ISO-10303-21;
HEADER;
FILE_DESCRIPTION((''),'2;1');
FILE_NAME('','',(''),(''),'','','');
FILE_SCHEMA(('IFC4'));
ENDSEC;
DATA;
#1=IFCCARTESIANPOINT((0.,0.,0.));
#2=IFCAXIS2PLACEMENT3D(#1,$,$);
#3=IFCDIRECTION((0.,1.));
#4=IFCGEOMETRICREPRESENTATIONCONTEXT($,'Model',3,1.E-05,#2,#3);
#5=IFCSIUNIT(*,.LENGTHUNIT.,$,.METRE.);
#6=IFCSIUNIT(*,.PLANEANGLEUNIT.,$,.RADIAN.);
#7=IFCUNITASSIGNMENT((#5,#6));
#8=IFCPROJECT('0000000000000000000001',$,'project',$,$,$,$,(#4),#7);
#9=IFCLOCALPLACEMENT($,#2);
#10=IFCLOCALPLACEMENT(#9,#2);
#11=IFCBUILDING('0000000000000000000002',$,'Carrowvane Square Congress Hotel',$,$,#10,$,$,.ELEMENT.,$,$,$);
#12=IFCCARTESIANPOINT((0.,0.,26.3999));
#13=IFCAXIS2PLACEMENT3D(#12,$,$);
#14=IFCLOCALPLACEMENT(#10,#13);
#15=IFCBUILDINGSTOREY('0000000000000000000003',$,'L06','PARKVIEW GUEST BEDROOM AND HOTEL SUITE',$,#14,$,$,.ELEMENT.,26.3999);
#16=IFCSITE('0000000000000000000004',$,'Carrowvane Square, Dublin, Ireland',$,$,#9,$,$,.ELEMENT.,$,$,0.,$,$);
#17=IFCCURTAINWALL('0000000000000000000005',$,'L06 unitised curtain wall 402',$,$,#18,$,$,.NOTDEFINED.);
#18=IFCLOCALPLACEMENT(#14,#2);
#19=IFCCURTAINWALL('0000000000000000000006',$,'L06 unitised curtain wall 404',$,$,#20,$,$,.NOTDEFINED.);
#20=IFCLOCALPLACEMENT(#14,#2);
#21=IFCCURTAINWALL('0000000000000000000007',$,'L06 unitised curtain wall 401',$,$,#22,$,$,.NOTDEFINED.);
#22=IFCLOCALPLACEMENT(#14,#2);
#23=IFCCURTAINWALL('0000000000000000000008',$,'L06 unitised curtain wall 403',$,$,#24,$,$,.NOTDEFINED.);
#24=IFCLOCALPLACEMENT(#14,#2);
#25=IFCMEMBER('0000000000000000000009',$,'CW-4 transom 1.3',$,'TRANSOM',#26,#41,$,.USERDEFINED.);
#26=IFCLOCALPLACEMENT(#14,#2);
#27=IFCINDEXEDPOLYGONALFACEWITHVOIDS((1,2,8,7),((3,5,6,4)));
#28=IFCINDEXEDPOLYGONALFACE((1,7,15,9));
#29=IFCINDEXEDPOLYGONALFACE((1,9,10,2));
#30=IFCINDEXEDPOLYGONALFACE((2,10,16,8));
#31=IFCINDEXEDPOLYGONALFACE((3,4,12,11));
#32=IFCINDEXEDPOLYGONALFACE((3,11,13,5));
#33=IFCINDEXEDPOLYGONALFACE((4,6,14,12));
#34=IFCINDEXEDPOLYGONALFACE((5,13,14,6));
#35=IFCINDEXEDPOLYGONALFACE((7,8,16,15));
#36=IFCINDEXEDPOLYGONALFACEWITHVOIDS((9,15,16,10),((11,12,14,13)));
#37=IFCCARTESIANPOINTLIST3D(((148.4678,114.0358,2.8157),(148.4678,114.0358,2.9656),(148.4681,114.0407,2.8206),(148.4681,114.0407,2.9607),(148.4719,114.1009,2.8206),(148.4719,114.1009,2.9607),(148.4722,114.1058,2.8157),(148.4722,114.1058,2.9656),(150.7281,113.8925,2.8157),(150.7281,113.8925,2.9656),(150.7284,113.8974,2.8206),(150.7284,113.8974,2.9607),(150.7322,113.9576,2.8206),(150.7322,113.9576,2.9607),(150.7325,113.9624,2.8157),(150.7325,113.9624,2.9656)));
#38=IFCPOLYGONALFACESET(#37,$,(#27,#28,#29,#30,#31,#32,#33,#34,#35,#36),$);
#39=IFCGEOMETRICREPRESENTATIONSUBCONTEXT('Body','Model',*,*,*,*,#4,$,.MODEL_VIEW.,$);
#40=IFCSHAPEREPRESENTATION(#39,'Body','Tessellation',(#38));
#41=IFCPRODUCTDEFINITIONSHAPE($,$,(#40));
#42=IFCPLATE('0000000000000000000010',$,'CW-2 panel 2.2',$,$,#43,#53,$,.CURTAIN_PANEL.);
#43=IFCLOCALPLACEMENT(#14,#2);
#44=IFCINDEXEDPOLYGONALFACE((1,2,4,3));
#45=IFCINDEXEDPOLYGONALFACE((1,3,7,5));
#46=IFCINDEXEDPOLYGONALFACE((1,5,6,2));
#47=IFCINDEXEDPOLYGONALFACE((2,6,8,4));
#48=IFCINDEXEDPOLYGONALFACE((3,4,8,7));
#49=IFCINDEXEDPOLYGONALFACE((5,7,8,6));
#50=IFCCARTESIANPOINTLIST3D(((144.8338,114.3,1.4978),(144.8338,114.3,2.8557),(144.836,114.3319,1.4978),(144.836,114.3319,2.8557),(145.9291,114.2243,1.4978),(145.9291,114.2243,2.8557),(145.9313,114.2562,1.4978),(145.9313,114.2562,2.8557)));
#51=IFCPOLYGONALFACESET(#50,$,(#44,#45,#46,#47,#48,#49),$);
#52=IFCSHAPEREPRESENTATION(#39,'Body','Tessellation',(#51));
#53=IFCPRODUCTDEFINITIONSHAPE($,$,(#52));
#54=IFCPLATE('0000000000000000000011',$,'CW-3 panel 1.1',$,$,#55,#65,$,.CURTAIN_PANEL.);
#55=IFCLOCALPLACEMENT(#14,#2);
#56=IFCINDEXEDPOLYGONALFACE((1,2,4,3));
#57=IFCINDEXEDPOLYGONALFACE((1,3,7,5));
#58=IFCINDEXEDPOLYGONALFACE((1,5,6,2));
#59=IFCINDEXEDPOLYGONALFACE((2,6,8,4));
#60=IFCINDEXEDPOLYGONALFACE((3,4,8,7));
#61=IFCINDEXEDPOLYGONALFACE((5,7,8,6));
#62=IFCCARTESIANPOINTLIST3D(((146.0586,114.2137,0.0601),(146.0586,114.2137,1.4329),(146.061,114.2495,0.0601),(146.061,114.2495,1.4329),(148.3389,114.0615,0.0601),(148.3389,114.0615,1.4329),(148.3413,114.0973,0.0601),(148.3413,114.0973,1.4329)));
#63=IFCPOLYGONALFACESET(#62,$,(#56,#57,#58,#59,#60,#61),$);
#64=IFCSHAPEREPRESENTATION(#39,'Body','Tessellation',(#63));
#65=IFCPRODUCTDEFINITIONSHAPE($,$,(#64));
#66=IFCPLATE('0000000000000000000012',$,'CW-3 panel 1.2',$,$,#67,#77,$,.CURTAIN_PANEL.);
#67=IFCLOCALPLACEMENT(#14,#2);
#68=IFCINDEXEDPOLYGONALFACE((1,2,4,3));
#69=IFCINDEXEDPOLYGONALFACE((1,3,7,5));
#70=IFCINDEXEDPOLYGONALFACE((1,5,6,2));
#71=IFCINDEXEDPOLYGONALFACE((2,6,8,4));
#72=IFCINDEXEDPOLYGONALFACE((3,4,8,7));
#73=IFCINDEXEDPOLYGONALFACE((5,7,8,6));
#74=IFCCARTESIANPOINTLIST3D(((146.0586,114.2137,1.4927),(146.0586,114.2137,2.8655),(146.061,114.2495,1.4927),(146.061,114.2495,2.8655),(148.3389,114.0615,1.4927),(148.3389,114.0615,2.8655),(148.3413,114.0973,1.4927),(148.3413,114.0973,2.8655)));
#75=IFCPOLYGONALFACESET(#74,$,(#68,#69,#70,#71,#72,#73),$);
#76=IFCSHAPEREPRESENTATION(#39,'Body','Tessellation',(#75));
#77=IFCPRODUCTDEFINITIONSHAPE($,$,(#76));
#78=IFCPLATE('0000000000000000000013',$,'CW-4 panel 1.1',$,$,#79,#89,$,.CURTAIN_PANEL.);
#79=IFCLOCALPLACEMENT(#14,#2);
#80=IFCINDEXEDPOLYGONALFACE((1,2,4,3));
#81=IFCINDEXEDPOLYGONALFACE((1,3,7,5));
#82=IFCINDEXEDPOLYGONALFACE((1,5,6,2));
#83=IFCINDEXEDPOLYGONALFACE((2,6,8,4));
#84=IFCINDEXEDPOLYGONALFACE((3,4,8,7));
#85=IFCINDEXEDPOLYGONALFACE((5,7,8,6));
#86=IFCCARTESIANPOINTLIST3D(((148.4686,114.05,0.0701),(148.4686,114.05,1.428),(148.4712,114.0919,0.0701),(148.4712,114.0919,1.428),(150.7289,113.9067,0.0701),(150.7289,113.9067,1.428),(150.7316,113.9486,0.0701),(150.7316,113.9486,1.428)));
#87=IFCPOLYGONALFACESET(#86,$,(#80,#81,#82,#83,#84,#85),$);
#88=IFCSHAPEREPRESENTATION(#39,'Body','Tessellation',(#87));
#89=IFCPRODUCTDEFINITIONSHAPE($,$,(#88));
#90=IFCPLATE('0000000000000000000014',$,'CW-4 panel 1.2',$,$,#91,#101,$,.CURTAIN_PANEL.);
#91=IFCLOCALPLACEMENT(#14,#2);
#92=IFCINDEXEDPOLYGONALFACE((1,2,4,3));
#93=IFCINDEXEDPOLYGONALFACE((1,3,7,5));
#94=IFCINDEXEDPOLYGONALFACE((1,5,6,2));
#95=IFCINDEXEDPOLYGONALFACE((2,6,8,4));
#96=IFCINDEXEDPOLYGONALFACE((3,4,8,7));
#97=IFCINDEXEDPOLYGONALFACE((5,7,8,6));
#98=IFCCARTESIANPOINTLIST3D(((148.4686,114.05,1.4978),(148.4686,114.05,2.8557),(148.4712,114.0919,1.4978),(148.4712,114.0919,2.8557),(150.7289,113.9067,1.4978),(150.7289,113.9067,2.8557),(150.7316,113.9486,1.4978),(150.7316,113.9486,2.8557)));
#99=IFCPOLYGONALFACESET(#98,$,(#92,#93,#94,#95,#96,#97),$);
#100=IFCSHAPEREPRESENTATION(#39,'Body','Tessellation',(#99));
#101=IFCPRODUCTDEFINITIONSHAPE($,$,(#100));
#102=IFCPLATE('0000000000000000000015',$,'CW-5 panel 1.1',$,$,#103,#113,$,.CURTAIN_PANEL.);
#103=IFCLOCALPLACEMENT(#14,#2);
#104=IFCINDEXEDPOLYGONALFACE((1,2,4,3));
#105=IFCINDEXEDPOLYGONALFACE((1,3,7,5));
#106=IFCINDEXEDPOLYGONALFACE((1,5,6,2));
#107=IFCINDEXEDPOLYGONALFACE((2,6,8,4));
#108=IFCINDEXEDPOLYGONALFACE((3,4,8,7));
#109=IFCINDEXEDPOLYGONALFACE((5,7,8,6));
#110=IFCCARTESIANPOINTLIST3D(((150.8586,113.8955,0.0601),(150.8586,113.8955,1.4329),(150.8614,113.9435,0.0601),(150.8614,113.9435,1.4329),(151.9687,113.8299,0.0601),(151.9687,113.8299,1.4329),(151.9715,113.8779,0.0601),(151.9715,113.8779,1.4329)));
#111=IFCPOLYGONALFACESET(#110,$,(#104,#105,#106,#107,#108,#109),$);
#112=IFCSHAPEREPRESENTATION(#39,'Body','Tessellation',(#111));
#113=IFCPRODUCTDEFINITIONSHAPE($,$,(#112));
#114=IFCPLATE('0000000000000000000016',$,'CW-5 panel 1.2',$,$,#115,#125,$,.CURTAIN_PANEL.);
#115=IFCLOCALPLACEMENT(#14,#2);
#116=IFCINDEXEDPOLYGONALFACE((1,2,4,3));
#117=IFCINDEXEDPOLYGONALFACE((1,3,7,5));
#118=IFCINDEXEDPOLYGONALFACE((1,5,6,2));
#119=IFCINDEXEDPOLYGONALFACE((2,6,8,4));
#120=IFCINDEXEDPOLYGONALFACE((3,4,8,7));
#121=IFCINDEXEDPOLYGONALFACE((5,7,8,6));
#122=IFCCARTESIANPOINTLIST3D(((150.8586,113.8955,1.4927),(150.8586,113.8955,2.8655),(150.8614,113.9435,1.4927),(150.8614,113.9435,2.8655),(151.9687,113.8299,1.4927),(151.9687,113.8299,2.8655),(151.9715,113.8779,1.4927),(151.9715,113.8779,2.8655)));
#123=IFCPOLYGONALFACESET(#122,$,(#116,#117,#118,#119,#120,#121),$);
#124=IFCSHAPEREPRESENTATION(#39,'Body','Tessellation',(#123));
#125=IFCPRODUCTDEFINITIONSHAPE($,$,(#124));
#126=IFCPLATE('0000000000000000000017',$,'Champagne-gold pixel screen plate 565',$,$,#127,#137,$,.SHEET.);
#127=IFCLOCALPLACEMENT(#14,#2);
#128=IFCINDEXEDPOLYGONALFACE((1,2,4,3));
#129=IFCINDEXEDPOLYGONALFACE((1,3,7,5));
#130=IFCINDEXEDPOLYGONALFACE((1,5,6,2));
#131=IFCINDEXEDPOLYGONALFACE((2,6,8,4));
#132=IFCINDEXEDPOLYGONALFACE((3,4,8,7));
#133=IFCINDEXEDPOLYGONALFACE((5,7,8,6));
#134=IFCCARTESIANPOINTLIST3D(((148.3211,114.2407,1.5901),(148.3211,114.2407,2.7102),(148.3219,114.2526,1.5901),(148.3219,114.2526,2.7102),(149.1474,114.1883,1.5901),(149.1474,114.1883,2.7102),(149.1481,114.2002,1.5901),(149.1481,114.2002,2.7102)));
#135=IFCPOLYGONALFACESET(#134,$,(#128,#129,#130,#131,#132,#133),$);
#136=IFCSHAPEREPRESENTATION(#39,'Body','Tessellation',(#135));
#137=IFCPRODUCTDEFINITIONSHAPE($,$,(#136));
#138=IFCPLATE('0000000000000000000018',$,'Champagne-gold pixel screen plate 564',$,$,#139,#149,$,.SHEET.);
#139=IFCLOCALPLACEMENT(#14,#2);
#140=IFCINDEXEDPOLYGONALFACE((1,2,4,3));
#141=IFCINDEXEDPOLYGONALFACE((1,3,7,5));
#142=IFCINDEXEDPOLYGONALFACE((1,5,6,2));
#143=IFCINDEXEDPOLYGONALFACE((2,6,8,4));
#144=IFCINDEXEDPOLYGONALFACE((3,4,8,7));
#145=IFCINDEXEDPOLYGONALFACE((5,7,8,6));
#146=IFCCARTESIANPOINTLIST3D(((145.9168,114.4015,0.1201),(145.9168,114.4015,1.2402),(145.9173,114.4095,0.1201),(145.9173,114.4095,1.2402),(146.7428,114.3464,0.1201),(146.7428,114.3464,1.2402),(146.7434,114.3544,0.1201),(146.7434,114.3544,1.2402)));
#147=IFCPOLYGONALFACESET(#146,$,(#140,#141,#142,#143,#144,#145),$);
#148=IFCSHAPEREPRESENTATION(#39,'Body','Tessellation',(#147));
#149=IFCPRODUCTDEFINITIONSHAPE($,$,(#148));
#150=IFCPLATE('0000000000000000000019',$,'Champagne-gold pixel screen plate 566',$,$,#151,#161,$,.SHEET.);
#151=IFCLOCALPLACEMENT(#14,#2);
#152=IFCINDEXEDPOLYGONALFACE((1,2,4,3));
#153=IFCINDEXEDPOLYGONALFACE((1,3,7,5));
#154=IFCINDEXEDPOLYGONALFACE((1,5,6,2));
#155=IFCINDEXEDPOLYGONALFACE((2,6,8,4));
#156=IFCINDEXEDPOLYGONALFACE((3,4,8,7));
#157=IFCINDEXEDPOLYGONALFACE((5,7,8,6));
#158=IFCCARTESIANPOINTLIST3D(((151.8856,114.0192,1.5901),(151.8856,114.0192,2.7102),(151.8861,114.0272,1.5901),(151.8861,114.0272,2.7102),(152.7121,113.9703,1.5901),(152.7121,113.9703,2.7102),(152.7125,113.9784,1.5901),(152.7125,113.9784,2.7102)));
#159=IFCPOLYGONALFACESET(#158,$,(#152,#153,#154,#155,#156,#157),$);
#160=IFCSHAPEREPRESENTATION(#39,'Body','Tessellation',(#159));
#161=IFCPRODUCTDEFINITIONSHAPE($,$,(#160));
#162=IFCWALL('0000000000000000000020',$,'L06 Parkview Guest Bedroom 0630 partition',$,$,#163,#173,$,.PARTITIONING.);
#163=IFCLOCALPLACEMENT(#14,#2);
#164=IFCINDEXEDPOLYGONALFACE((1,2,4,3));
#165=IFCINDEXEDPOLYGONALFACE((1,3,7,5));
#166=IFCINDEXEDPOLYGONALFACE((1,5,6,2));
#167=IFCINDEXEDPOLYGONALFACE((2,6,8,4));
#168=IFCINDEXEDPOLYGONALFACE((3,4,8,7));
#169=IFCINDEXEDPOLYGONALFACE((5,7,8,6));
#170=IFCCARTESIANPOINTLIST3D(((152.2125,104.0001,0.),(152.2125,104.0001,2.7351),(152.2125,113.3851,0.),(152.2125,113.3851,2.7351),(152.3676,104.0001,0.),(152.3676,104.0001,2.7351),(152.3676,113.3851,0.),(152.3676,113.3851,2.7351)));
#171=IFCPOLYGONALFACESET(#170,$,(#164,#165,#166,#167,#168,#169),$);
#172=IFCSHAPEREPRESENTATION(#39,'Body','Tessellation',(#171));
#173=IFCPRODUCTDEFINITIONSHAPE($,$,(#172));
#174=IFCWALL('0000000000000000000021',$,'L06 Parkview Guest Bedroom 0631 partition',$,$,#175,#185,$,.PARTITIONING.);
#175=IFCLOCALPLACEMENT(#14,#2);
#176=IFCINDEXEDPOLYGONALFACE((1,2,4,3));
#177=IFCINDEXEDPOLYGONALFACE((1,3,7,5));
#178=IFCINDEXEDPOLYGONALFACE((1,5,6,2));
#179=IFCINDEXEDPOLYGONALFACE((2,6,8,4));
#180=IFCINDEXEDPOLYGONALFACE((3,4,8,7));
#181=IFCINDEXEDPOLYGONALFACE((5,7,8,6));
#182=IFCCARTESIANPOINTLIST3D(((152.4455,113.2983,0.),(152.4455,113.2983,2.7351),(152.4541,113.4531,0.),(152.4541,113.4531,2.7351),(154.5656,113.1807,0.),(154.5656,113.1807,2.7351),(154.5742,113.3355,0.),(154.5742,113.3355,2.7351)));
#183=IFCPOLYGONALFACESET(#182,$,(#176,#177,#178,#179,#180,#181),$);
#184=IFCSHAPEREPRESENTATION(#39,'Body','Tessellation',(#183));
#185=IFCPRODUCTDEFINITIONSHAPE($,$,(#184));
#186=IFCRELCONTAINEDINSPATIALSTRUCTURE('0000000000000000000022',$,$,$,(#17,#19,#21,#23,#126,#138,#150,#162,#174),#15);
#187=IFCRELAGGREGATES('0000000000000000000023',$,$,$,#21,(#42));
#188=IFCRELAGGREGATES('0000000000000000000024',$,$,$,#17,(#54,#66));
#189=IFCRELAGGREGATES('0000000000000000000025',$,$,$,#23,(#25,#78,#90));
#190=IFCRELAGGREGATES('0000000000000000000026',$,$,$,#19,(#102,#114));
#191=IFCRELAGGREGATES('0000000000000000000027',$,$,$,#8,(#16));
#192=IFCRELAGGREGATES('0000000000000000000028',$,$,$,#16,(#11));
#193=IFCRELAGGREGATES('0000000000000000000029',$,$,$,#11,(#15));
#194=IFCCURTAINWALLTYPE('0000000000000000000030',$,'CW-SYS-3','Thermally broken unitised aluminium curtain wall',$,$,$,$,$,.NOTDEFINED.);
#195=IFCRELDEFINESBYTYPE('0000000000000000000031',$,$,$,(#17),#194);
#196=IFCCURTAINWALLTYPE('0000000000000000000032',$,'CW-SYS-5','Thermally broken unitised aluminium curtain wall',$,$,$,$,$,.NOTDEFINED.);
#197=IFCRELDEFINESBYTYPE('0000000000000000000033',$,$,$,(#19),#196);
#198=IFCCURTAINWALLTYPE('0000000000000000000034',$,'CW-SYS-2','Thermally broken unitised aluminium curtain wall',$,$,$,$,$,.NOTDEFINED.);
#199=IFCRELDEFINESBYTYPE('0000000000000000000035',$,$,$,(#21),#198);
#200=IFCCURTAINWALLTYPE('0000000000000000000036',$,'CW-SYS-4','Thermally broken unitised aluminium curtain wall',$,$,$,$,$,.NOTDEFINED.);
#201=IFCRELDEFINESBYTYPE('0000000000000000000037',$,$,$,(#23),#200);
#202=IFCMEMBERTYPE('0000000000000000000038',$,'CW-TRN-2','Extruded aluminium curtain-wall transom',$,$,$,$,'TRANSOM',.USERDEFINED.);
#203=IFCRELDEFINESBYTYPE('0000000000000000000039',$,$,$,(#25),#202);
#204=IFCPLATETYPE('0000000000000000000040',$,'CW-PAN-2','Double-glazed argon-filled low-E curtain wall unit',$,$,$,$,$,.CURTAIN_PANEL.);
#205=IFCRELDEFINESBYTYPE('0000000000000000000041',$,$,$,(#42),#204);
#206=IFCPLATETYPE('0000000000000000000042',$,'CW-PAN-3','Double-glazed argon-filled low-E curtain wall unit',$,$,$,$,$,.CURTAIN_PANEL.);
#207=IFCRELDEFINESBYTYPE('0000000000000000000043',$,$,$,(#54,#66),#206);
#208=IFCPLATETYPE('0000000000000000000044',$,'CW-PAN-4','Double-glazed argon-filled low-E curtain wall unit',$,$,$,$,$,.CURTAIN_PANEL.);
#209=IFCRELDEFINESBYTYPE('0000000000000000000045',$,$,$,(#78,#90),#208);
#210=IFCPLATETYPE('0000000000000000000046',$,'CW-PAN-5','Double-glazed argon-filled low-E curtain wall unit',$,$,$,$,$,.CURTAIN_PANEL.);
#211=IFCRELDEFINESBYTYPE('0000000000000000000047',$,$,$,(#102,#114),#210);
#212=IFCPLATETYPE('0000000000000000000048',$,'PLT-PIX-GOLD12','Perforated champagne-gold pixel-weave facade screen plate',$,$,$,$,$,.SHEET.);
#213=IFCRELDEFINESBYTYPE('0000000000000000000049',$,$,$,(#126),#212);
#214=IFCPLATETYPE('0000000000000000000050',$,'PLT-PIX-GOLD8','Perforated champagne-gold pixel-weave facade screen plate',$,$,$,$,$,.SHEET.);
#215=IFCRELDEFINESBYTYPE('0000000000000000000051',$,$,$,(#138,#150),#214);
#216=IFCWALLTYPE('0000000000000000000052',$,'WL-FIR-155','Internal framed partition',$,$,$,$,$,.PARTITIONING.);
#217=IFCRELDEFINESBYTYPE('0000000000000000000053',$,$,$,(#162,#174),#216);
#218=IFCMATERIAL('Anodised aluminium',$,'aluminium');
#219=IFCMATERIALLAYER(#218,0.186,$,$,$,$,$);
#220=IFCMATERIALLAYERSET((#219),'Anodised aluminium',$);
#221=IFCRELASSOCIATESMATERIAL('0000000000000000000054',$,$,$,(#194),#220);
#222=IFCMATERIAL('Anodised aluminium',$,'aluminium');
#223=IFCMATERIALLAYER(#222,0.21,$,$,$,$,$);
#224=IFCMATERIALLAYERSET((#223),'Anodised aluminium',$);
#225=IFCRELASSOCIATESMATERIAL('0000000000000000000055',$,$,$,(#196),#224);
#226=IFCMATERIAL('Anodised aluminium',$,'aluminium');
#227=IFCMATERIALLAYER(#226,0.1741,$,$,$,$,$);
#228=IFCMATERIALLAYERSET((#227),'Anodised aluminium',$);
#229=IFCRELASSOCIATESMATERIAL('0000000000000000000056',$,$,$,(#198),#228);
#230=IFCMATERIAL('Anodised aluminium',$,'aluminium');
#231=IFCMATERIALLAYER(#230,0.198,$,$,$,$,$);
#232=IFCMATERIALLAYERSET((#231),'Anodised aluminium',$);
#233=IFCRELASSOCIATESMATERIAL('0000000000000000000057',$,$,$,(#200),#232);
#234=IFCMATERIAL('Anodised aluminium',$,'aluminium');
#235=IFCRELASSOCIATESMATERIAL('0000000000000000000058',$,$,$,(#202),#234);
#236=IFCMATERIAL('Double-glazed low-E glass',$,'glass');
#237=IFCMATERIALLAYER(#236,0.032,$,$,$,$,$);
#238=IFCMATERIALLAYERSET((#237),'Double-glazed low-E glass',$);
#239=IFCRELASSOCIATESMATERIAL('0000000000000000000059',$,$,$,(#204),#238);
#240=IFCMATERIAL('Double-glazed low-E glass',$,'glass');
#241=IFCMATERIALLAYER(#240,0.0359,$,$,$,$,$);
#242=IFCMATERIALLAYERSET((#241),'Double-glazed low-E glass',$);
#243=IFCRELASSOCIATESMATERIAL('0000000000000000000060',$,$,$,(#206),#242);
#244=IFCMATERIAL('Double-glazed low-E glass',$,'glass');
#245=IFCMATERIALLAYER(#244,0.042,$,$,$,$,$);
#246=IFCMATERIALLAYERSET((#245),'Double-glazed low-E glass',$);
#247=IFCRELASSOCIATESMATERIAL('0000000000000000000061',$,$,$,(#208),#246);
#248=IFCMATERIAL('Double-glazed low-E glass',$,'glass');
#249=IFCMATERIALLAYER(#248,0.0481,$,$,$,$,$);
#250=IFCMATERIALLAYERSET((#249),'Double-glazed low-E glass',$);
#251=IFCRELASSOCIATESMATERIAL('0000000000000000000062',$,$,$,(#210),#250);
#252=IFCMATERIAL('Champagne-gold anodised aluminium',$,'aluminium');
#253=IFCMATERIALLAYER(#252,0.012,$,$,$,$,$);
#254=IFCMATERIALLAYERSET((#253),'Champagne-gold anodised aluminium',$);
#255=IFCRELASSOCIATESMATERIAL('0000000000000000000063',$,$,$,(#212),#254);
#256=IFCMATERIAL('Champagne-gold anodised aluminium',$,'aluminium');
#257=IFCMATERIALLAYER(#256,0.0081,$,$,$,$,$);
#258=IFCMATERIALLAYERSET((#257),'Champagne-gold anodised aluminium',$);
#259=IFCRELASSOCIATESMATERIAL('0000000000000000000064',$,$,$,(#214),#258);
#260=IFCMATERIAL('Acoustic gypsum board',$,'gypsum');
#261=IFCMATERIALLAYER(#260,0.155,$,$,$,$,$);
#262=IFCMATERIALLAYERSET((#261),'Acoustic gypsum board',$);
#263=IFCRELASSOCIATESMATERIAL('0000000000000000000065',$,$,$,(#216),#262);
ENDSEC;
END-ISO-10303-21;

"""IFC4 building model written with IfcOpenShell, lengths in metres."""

from ifc_helpers import new_model, si_unit, direction, frame, frame_2d, origin, origin_2d, place, context, subcontext, project, spatial, rectangle, hollow_rectangle, extrude, material, layer, layer_set, material_profile, profile_set, type_object, element, aggregate, save


model = new_model("IFC4")

# Units and contexts
model_context = context("Model", 3, precision=1e-05, world=origin(), true_north=direction((0.0, 1.0)))
body_context = subcontext(model_context, "Body", "Model", "MODEL_VIEW")
ifc_project = project(units=[si_unit("LENGTHUNIT", "METRE"), si_unit("PLANEANGLEUNIT", "RADIAN")], contexts=[model_context])

# Site, building, storey
site_placement = place(None, origin())
site = spatial("IfcSite", under=ifc_project, at=site_placement, Name="Carrowvane Square, Dublin, Ireland", CompositionType="ELEMENT", RefElevation=0.0)
building_placement = place(site_placement, origin())
building = spatial("IfcBuilding", under=site, at=building_placement, Name="Carrowvane Square Congress Hotel", CompositionType="ELEMENT")
storey_placement = place(building_placement, frame((0.0, 0.0, 26.3999)))
storey = spatial("IfcBuildingStorey", under=building, at=storey_placement, Name="L06", Description="PARKVIEW GUEST BEDROOM AND HOTEL SUITE", CompositionType="ELEMENT", Elevation=26.3999)

# Curtain walls
ifc_material_1 = material(Name="Anodised aluminium", Category="aluminium")
ifc_layer_1 = layer(ifc_material_1, 0.186)
ifc_layer_set_1 = layer_set([ifc_layer_1], Name="Anodised aluminium")
curtain_wall_type_1 = type_object("IfcCurtainWallType", Name="CW-SYS-3", Description="Thermally broken unitised aluminium curtain wall", PredefinedType="NOTDEFINED", material=ifc_layer_set_1)
curtain_wall_1_placement = place(storey_placement, origin())
curtain_wall_1 = element("IfcCurtainWall", 1, at=curtain_wall_1_placement, inside=storey, type_object=curtain_wall_type_1, Name="L06 unitised curtain wall 402", PredefinedType="NOTDEFINED")
ifc_material_2 = material(Name="Anodised aluminium", Category="aluminium")
ifc_layer_2 = layer(ifc_material_2, 0.21)
ifc_layer_set_2 = layer_set([ifc_layer_2], Name="Anodised aluminium")
curtain_wall_type_2 = type_object("IfcCurtainWallType", Name="CW-SYS-5", Description="Thermally broken unitised aluminium curtain wall", PredefinedType="NOTDEFINED", material=ifc_layer_set_2)
curtain_wall_2_placement = place(storey_placement, origin())
curtain_wall_2 = element("IfcCurtainWall", 2, at=curtain_wall_2_placement, inside=storey, type_object=curtain_wall_type_2, Name="L06 unitised curtain wall 404", PredefinedType="NOTDEFINED")

# Curtain wall
ifc_material_3 = material(Name="Anodised aluminium", Category="aluminium")
ifc_layer_3 = layer(ifc_material_3, 0.1741)
ifc_layer_set_3 = layer_set([ifc_layer_3], Name="Anodised aluminium")
curtain_wall_type_3 = type_object("IfcCurtainWallType", Name="CW-SYS-2", Description="Thermally broken unitised aluminium curtain wall", PredefinedType="NOTDEFINED", material=ifc_layer_set_3)
curtain_wall_3_placement = place(storey_placement, origin())
curtain_wall_3 = element("IfcCurtainWall", 3, at=curtain_wall_3_placement, inside=storey, type_object=curtain_wall_type_3, Name="L06 unitised curtain wall 401", PredefinedType="NOTDEFINED")

# Curtain wall
ifc_material_4 = material(Name="Anodised aluminium", Category="aluminium")
ifc_layer_4 = layer(ifc_material_4, 0.198)
ifc_layer_set_4 = layer_set([ifc_layer_4], Name="Anodised aluminium")
curtain_wall_type_4 = type_object("IfcCurtainWallType", Name="CW-SYS-4", Description="Thermally broken unitised aluminium curtain wall", PredefinedType="NOTDEFINED", material=ifc_layer_set_4)
curtain_wall_4_placement = place(storey_placement, origin())
curtain_wall_4 = element("IfcCurtainWall", 4, at=curtain_wall_4_placement, inside=storey, type_object=curtain_wall_type_4, Name="L06 unitised curtain wall 403", PredefinedType="NOTDEFINED")

# Member
ifc_material_5 = material(Name="Anodised aluminium", Category="aluminium")
ifc_material_profile_1 = material_profile(ifc_material_5, hollow_rectangle(XDim=0.0701, YDim=0.1499, WallThickness=0.0049, at=origin_2d()), Name="CW-TR 70x150x5")
ifc_profile_set_1 = profile_set([ifc_material_profile_1], Name="Anodised aluminium")
member_type_1 = type_object("IfcMemberType", Name="CW-TRN-2", Description="Extruded aluminium curtain-wall transom", ElementType="TRANSOM", PredefinedType="USERDEFINED", material=ifc_profile_set_1)
member_1_placement = place(storey_placement, frame((148.47, 114.0708, 2.8906), z_axis=(0.997996, -0.063278, 0.0), x_axis=(0.063278, 0.997996, 0.0)))
member_1 = element("IfcMember", 5, at=member_1_placement, type_object=member_type_1, Name="CW-4 transom 1.3", ObjectType="TRANSOM", PredefinedType="USERDEFINED", context=body_context, shape_type="SweptSolid", body=[
    extrude(hollow_rectangle(XDim=0.0701, YDim=0.1499, WallThickness=0.0049, at=origin_2d()), origin(), (0.0, 0.0, 1.0), 2.2649),
])

# Plates
ifc_material_6 = material(Name="Double-glazed low-E glass", Category="glass")
ifc_layer_5 = layer(ifc_material_6, 0.032)
ifc_layer_set_5 = layer_set([ifc_layer_5], Name="Double-glazed low-E glass")
plate_type_1 = type_object("IfcPlateType", Name="CW-PAN-2", Description="Double-glazed argon-filled low-E curtain wall unit", PredefinedType="CURTAIN_PANEL", material=ifc_layer_set_5)
plate_1_placement = place(storey_placement, frame((145.3826, 114.2781, 1.4978), z_axis=(0.0, 0.0, 1.0), x_axis=(0.997618, -0.068986, 0.0)))
plate_1 = element("IfcPlate", 6, at=plate_1_placement, type_object=plate_type_1, Name="CW-2 panel 2.2", PredefinedType="CURTAIN_PANEL", context=body_context, shape_type="SweptSolid", body=[
    extrude(rectangle(XDim=1.0979, YDim=0.032, at=origin_2d()), origin(), (0.0, 0.0, 1.0), 1.3579),
])
aggregate(curtain_wall_3, [plate_1])
ifc_material_7 = material(Name="Double-glazed low-E glass", Category="glass")
ifc_layer_6 = layer(ifc_material_7, 0.0359)
ifc_layer_set_6 = layer_set([ifc_layer_6], Name="Double-glazed low-E glass")
plate_type_2 = type_object("IfcPlateType", Name="CW-PAN-3", Description="Double-glazed argon-filled low-E curtain wall unit", PredefinedType="CURTAIN_PANEL", material=ifc_layer_set_6)
plate_2_placement = place(storey_placement, frame((147.2, 114.1555, 0.0601), z_axis=(0.0, 0.0, 1.0), x_axis=(0.997781, -0.066574, 0.0)))
plate_2 = element("IfcPlate", 7, at=plate_2_placement, type_object=plate_type_2, Name="CW-3 panel 1.1", PredefinedType="CURTAIN_PANEL", context=body_context, shape_type="SweptSolid", body=[
    extrude(rectangle(XDim=2.2854, YDim=0.0359, at=origin_2d()), origin(), (0.0, 0.0, 1.0), 1.3728),
])
plate_3_placement = place(storey_placement, frame((147.2, 114.1555, 1.4927), z_axis=(0.0, 0.0, 1.0), x_axis=(0.997781, -0.066574, 0.0)))
plate_3 = element("IfcPlate", 8, at=plate_3_placement, type_object=plate_type_2, Name="CW-3 panel 1.2", PredefinedType="CURTAIN_PANEL", context=body_context, shape_type="SweptSolid", body=[
    extrude(rectangle(XDim=2.2854, YDim=0.0359, at=origin_2d()), origin(), (0.0, 0.0, 1.0), 1.3728),
])
aggregate(curtain_wall_1, [plate_2, plate_3])
ifc_material_8 = material(Name="Double-glazed low-E glass", Category="glass")
ifc_layer_7 = layer(ifc_material_8, 0.042)
ifc_layer_set_7 = layer_set([ifc_layer_7], Name="Double-glazed low-E glass")
plate_type_3 = type_object("IfcPlateType", Name="CW-PAN-4", Description="Double-glazed argon-filled low-E curtain wall unit", PredefinedType="CURTAIN_PANEL", material=ifc_layer_set_7)
plate_4_placement = place(storey_placement, frame((149.6001, 113.9993, 0.0701), z_axis=(0.0, 0.0, 1.0), x_axis=(0.997996, -0.063273, 0.0)))
plate_4 = element("IfcPlate", 9, at=plate_4_placement, type_object=plate_type_3, Name="CW-4 panel 1.1", PredefinedType="CURTAIN_PANEL", context=body_context, shape_type="SweptSolid", body=[
    extrude(rectangle(XDim=2.2649, YDim=0.042, at=origin_2d()), origin(), (0.0, 0.0, 1.0), 1.3579),
])
plate_5_placement = place(storey_placement, frame((149.6001, 113.9993, 1.4978), z_axis=(0.0, 0.0, 1.0), x_axis=(0.997996, -0.063273, 0.0)))
plate_5 = element("IfcPlate", 10, at=plate_5_placement, type_object=plate_type_3, Name="CW-4 panel 1.2", PredefinedType="CURTAIN_PANEL", context=body_context, shape_type="SweptSolid", body=[
    extrude(rectangle(XDim=2.2649, YDim=0.042, at=origin_2d()), origin(), (0.0, 0.0, 1.0), 1.3579),
])
aggregate(curtain_wall_4, [member_1, plate_4, plate_5])
ifc_material_9 = material(Name="Double-glazed low-E glass", Category="glass")
ifc_layer_8 = layer(ifc_material_9, 0.0481)
ifc_layer_set_8 = layer_set([ifc_layer_8], Name="Double-glazed low-E glass")
plate_type_4 = type_object("IfcPlateType", Name="CW-PAN-5", Description="Double-glazed argon-filled low-E curtain wall unit", PredefinedType="CURTAIN_PANEL", material=ifc_layer_set_8)
plate_6_placement = place(storey_placement, frame((151.415, 113.8867, 0.0601), z_axis=(0.0, 0.0, 1.0), x_axis=(0.998259, -0.058989, 0.0)))
plate_6 = element("IfcPlate", 11, at=plate_6_placement, type_object=plate_type_4, Name="CW-5 panel 1.1", PredefinedType="CURTAIN_PANEL", context=body_context, shape_type="SweptSolid", body=[
    extrude(rectangle(XDim=1.1121, YDim=0.0481, at=origin_2d()), origin(), (0.0, 0.0, 1.0), 1.3728),
])
plate_7_placement = place(storey_placement, frame((151.415, 113.8867, 1.4927), z_axis=(0.0, 0.0, 1.0), x_axis=(0.998259, -0.058989, 0.0)))
plate_7 = element("IfcPlate", 12, at=plate_7_placement, type_object=plate_type_4, Name="CW-5 panel 1.2", PredefinedType="CURTAIN_PANEL", context=body_context, shape_type="SweptSolid", body=[
    extrude(rectangle(XDim=1.1121, YDim=0.0481, at=origin_2d()), origin(), (0.0, 0.0, 1.0), 1.3728),
])
aggregate(curtain_wall_2, [plate_6, plate_7])

# Plates
ifc_material_10 = material(Name="Champagne-gold anodised aluminium", Category="aluminium")
ifc_layer_9 = layer(ifc_material_10, 0.012)
ifc_layer_set_9 = layer_set([ifc_layer_9], Name="Champagne-gold anodised aluminium")
plate_type_5 = type_object("IfcPlateType", Name="PLT-PIX-GOLD12", Description="Perforated champagne-gold pixel-weave facade screen plate", PredefinedType="SHEET", material=ifc_layer_set_9)
plate_8_placement = place(storey_placement, frame((148.7346, 114.2205, 1.5901), z_axis=(0.0, 0.0, 1.0), x_axis=(0.997996, -0.063277, 0.0)))
element("IfcPlate", 13, at=plate_8_placement, inside=storey, type_object=plate_type_5, Name="Champagne-gold pixel screen plate 565", PredefinedType="SHEET", context=body_context, shape_type="SweptSolid", body=[
    extrude(rectangle(XDim=0.8279, YDim=0.012, at=origin_2d()), origin(), (0.0, 0.0, 1.0), 1.1201),
])
ifc_material_11 = material(Name="Champagne-gold anodised aluminium", Category="aluminium")
ifc_layer_10 = layer(ifc_material_11, 0.0081)
ifc_layer_set_10 = layer_set([ifc_layer_10], Name="Champagne-gold anodised aluminium")
plate_type_6 = type_object("IfcPlateType", Name="PLT-PIX-GOLD8", Description="Perforated champagne-gold pixel-weave facade screen plate", PredefinedType="SHEET", material=ifc_layer_set_10)
for number, where, z_axis, x_axis, name in (
    (14, (146.3301, 114.3779, 0.1201), (0.0, 0.0, 1.0), (0.997781, -0.066574, 0.0), "Champagne-gold pixel screen plate 564"),
    (15, (152.2991, 113.9988, 1.5901), (0.0, 0.0, 1.0), (0.998259, -0.058985, 0.0), "Champagne-gold pixel screen plate 566"),
):
    element("IfcPlate", number, at=place(storey_placement, frame(where, z_axis=z_axis, x_axis=x_axis)), inside=storey, type_object=plate_type_6, Name=name, PredefinedType="SHEET", context=body_context, shape_type="SweptSolid", body=[
        extrude(rectangle(XDim=0.8279, YDim=0.0081, at=origin_2d()), origin(), (0.0, 0.0, 1.0), 1.1201),
    ])

# Walls
ifc_material_12 = material(Name="Acoustic gypsum board", Category="gypsum")
ifc_layer_11 = layer(ifc_material_12, 0.155)
ifc_layer_set_11 = layer_set([ifc_layer_11], Name="Acoustic gypsum board")
wall_type_1 = type_object("IfcWallType", Name="WL-FIR-155", Description="Internal framed partition", PredefinedType="PARTITIONING", material=ifc_layer_set_11)
wall_1_placement = place(storey_placement, frame((152.29, 113.385, 0.0), z_axis=(0.0, 0.0, 1.0), x_axis=(0.0, -1.0, 0.0)))
element("IfcWall", 16, at=wall_1_placement, inside=storey, type_object=wall_type_1, Name="L06 Parkview Guest Bedroom 0630 partition", PredefinedType="PARTITIONING", context=body_context, shape_type="SweptSolid", body=[
    extrude(rectangle(XDim=9.385, YDim=0.155, at=frame_2d((4.6924, 0.0))), origin(), (0.0, 0.0, 1.0), 2.7351),
])
wall_2_placement = place(storey_placement, frame((152.45, 113.3757, 0.0), z_axis=(0.0, 0.0, 1.0), x_axis=(0.998463, -0.055419, 0.0)))
element("IfcWall", 17, at=wall_2_placement, inside=storey, type_object=wall_type_1, Name="L06 Parkview Guest Bedroom 0631 partition", PredefinedType="PARTITIONING", context=body_context, shape_type="SweptSolid", body=[
    extrude(rectangle(XDim=2.1233, YDim=0.155, at=frame_2d((1.0615, 0.0))), origin(), (0.0, 0.0, 1.0), 2.7351),
])

save(model, "model.ifc")
